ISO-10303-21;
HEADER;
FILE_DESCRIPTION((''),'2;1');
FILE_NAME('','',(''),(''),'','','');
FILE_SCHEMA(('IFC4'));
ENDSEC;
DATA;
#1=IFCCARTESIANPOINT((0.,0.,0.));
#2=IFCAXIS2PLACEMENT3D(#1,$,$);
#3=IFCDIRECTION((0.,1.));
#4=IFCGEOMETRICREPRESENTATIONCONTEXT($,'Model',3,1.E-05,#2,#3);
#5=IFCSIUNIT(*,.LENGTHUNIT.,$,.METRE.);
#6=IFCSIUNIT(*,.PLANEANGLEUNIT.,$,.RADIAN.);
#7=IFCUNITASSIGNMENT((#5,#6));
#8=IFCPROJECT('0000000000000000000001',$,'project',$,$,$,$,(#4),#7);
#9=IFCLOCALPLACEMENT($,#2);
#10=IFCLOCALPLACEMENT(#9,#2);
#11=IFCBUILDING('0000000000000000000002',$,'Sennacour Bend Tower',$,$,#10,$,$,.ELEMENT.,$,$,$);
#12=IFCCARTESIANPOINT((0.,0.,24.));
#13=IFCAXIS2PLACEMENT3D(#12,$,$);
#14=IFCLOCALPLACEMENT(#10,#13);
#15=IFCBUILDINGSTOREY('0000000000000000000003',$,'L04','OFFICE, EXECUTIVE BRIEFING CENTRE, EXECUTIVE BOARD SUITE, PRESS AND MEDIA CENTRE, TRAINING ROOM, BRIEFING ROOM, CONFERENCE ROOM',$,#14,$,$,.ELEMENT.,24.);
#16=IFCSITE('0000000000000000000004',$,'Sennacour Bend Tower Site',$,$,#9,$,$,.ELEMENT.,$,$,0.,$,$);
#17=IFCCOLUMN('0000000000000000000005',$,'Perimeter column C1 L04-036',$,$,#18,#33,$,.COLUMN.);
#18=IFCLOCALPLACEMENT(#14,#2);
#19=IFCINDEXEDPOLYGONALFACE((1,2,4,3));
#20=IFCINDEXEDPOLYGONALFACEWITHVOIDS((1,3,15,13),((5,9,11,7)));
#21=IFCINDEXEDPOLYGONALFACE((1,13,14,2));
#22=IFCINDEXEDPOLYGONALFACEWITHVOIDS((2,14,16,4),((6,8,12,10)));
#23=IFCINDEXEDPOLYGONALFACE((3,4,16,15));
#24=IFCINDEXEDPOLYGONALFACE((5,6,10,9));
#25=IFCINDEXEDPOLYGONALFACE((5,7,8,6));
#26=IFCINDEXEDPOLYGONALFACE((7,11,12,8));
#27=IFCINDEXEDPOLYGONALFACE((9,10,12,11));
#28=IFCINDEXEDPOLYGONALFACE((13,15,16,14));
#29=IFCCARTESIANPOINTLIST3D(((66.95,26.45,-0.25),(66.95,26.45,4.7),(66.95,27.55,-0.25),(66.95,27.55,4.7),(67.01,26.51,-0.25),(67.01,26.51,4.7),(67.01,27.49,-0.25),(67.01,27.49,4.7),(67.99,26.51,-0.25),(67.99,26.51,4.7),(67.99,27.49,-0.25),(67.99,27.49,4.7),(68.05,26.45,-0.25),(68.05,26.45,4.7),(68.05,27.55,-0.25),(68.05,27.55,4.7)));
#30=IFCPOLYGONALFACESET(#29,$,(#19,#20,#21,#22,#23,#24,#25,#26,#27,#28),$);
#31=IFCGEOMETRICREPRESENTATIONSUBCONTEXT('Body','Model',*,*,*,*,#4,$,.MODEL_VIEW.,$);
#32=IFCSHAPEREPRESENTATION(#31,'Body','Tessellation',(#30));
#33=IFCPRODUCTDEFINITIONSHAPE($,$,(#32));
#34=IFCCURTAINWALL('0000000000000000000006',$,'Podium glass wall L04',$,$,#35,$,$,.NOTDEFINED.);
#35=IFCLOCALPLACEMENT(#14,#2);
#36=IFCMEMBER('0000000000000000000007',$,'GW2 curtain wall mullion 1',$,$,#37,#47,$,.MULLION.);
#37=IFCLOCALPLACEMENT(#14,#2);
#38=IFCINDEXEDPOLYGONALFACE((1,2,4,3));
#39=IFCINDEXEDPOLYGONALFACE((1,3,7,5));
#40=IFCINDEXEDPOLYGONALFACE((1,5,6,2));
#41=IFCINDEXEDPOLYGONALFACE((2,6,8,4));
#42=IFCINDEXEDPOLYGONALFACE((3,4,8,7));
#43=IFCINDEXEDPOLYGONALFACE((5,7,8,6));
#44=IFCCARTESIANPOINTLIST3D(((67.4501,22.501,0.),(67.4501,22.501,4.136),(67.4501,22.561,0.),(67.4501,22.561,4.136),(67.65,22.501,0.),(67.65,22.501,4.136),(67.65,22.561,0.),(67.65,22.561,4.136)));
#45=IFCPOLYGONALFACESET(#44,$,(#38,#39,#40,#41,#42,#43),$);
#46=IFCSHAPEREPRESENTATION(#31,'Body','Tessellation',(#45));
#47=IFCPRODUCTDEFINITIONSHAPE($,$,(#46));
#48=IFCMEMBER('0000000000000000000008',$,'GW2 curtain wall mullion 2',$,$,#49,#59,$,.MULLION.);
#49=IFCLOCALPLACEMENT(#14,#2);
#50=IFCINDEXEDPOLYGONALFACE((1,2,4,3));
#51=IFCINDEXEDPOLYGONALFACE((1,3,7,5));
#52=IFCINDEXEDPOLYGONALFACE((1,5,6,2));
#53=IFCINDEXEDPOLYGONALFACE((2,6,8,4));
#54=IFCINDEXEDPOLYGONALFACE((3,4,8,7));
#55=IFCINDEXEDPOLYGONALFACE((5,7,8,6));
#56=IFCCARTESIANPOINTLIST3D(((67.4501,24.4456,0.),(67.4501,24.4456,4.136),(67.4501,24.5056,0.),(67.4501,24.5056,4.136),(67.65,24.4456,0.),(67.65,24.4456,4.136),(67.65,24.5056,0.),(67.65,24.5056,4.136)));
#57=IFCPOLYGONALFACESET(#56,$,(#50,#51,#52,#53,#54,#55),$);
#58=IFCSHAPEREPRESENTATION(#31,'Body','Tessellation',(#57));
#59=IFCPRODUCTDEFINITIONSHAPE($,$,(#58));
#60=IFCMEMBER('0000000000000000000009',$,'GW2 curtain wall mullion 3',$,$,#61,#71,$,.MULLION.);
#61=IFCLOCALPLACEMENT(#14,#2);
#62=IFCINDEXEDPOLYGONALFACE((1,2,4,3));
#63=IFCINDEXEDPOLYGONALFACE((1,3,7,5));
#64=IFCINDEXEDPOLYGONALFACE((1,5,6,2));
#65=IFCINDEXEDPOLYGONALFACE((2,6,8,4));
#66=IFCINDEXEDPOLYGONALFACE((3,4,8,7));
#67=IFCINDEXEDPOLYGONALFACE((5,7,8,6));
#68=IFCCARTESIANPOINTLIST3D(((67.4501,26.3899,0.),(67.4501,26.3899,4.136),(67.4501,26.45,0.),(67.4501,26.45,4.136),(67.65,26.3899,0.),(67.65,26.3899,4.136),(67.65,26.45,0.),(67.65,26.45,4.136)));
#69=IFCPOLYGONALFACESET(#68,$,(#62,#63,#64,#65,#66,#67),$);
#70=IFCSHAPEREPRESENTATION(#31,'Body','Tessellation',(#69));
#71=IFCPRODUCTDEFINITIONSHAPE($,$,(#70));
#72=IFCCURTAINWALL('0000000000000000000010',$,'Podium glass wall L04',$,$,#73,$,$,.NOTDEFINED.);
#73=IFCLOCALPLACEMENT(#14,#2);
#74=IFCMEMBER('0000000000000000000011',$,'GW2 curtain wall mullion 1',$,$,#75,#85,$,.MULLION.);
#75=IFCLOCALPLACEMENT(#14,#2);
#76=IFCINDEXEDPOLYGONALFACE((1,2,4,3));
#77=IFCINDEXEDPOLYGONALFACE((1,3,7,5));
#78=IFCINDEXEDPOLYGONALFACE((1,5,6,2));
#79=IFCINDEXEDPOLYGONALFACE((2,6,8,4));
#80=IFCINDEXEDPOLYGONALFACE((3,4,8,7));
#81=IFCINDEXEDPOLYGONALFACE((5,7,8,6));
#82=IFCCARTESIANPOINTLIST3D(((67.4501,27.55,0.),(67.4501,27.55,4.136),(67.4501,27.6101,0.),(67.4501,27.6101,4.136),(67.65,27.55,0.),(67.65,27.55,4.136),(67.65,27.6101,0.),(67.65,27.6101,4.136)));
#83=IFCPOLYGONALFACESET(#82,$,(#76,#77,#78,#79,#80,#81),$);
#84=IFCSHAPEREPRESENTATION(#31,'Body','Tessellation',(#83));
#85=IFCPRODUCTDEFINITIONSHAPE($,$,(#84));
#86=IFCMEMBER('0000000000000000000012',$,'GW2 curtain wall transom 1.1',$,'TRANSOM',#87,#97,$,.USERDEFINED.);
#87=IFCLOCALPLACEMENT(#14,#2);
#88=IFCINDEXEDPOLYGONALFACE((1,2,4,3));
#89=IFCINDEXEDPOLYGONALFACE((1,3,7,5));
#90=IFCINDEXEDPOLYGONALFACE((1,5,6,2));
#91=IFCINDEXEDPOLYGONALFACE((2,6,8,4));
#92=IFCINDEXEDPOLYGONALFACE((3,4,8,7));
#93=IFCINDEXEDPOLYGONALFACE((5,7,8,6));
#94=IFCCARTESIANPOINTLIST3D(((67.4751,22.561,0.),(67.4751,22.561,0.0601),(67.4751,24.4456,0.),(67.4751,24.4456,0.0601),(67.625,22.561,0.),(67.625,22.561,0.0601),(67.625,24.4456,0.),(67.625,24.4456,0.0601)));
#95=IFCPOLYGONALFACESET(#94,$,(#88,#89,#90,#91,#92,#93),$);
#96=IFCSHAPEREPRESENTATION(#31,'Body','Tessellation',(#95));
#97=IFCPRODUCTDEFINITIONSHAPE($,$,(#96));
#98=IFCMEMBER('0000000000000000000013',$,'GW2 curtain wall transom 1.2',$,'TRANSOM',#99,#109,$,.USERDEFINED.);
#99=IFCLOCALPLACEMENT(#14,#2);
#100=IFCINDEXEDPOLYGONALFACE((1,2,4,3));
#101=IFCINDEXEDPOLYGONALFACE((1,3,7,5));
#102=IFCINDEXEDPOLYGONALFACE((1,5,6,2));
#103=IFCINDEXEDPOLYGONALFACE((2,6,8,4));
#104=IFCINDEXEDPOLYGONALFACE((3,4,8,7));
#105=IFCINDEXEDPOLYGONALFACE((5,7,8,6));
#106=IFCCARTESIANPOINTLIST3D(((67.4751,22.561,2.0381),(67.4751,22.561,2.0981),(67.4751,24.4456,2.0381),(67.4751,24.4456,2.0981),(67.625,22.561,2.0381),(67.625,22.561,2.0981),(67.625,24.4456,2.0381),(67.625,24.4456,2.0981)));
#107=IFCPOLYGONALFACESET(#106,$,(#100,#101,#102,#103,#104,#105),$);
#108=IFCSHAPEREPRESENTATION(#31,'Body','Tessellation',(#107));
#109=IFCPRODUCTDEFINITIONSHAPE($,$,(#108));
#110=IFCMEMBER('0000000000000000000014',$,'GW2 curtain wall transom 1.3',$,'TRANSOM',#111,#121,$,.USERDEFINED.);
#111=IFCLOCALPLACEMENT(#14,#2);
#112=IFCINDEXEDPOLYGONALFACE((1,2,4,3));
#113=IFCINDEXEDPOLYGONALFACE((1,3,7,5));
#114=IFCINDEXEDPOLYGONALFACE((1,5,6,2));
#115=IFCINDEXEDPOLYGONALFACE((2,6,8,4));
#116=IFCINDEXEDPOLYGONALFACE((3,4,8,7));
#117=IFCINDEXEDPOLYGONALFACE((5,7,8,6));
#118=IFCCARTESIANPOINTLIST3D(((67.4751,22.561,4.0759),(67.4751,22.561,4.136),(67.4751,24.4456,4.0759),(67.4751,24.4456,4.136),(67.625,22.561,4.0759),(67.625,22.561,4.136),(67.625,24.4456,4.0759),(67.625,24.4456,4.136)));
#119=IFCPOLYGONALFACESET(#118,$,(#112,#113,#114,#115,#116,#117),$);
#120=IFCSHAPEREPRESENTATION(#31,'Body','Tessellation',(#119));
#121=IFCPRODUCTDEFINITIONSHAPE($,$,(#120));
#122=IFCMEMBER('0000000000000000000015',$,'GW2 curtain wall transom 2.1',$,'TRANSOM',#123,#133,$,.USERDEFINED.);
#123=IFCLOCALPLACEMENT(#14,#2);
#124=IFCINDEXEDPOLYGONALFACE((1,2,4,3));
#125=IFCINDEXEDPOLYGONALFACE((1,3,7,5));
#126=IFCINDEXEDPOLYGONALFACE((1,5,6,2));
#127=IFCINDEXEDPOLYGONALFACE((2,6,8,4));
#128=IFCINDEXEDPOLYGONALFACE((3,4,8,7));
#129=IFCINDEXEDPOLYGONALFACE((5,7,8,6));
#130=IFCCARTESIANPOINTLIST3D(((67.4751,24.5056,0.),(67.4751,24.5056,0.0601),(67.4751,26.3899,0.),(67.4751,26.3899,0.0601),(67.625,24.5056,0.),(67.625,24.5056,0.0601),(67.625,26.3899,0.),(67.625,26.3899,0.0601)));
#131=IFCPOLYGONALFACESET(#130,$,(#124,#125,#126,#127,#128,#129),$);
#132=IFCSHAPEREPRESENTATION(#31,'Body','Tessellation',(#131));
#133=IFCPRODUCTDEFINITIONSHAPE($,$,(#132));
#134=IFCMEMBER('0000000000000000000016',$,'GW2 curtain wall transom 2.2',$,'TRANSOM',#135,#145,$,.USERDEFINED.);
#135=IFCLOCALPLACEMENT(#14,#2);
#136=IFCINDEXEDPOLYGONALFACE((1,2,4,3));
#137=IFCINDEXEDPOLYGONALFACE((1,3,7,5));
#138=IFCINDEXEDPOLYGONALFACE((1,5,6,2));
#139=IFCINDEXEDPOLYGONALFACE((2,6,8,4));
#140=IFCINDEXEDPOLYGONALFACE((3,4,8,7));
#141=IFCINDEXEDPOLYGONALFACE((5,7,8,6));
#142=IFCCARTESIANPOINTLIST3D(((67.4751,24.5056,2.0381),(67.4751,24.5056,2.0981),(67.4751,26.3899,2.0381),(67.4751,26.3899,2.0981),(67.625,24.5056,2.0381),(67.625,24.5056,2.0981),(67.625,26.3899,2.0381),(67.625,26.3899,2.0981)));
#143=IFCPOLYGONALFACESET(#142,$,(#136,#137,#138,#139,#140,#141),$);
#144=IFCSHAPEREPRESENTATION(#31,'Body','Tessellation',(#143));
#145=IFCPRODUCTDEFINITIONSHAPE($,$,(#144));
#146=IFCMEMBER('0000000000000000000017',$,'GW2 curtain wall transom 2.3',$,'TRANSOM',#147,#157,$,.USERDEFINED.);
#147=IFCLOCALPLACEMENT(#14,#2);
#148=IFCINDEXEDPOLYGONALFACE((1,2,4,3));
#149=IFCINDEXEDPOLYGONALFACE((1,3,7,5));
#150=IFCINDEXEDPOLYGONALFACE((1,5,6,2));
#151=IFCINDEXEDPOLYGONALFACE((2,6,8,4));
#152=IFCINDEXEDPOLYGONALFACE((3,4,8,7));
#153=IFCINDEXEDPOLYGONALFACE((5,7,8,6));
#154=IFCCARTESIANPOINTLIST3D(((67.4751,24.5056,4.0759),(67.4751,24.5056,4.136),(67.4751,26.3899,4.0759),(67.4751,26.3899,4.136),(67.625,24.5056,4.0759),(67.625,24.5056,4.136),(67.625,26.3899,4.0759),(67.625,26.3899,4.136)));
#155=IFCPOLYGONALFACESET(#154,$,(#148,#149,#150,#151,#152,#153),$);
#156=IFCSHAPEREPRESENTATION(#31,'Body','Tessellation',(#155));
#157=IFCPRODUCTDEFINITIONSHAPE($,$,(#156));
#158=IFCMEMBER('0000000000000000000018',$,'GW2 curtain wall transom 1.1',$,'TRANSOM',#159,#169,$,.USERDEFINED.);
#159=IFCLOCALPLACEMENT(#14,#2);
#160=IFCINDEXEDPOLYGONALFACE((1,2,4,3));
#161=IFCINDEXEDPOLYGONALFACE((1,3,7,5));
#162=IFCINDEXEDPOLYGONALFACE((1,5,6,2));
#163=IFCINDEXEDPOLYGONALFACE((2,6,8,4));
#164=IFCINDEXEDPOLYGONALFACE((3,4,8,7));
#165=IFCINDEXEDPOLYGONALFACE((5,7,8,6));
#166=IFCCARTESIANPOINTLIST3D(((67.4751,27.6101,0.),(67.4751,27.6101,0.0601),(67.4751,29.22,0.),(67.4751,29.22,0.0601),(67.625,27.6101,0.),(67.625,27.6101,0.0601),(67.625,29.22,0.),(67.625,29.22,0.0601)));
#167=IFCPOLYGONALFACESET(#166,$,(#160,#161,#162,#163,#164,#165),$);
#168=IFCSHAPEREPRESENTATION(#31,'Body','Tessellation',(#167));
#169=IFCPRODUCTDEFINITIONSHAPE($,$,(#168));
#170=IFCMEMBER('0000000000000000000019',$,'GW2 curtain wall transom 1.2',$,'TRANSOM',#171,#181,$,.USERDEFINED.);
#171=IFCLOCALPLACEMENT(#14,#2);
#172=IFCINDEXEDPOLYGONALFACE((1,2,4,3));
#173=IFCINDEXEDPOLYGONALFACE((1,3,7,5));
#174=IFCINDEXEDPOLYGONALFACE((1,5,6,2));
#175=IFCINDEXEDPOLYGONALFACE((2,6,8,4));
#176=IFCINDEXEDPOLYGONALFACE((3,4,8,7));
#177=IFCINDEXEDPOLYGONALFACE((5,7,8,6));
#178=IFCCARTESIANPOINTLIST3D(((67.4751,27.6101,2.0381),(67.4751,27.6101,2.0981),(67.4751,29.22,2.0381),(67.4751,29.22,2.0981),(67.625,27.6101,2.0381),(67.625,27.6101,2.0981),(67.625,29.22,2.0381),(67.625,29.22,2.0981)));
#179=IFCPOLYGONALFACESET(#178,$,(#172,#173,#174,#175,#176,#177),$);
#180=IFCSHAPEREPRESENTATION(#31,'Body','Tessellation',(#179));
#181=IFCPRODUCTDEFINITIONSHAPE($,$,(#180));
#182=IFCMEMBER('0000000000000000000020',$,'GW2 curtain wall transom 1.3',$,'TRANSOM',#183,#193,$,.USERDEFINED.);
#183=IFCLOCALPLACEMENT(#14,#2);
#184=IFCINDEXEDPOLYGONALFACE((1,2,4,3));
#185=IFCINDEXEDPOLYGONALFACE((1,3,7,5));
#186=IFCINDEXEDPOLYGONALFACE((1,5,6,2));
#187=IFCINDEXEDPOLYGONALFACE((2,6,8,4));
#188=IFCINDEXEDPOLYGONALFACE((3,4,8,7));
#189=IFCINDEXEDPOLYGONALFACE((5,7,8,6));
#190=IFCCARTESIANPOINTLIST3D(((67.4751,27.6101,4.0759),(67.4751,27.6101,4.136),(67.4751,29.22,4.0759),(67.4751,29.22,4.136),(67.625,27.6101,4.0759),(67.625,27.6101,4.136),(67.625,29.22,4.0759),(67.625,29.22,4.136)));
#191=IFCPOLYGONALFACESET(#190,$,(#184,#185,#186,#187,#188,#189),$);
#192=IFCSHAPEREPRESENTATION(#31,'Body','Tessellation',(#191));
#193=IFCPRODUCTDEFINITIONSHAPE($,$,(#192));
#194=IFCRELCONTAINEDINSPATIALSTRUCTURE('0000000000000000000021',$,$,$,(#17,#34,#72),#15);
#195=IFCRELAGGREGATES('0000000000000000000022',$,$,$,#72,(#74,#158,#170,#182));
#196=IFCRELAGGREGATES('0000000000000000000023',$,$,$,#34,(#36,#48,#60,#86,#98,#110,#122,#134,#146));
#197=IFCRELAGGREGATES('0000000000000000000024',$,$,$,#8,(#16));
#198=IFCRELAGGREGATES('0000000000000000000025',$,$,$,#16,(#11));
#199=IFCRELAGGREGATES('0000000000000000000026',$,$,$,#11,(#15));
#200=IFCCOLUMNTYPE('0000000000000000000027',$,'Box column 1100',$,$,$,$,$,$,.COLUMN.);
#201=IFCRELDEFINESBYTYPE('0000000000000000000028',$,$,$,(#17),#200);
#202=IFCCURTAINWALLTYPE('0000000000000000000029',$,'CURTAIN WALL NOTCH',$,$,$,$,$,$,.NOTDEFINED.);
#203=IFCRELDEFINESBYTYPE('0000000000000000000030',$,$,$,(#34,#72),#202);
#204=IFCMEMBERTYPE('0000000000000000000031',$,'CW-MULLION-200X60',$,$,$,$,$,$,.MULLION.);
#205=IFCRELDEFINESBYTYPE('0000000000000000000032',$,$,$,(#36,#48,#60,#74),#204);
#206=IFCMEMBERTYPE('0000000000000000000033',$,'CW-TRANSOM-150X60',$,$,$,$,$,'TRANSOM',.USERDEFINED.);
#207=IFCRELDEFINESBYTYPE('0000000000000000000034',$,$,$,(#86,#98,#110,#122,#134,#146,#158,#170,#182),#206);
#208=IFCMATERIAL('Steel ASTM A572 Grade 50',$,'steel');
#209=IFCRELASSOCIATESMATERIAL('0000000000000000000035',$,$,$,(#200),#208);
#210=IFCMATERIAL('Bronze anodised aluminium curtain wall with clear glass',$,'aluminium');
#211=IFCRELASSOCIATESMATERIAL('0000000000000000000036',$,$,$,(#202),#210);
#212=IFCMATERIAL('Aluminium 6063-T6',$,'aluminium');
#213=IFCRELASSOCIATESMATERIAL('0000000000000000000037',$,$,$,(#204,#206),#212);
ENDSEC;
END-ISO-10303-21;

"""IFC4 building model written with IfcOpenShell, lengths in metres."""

from ifc_helpers import new_model, si_unit, direction, frame, origin, origin_2d, place, context, subcontext, project, spatial, rectangle, hollow_rectangle, extrude, material, material_profile, profile_set, type_object, element, aggregate, save


model = new_model("IFC4")

# Units and contexts
model_context = context("Model", 3, precision=1e-05, world=origin(), true_north=direction((0.0, 1.0)))
body_context = subcontext(model_context, "Body", "Model", "MODEL_VIEW")
ifc_project = project(units=[si_unit("LENGTHUNIT", "METRE"), si_unit("PLANEANGLEUNIT", "RADIAN")], contexts=[model_context])

# Site, building, storey
site_placement = place(None, origin())
site = spatial("IfcSite", under=ifc_project, at=site_placement, Name="Sennacour Bend Tower Site", CompositionType="ELEMENT", RefElevation=0.0)
building_placement = place(site_placement, origin())
building = spatial("IfcBuilding", under=site, at=building_placement, Name="Sennacour Bend Tower", CompositionType="ELEMENT")
storey_placement = place(building_placement, frame((0.0, 0.0, 24.0)))
storey = spatial("IfcBuildingStorey", under=building, at=storey_placement, Name="L04", Description="OFFICE, EXECUTIVE BRIEFING CENTRE, EXECUTIVE BOARD SUITE, PRESS AND MEDIA CENTRE, TRAINING ROOM, BRIEFING ROOM, CONFERENCE ROOM", CompositionType="ELEMENT", Elevation=24.0)

# Column
ifc_material_1 = material(Name="Steel ASTM A572 Grade 50", Category="steel")
ifc_material_profile_1 = material_profile(ifc_material_1, hollow_rectangle(XDim=1.1001, YDim=1.1001, WallThickness=0.0601, at=origin_2d()), Name="Steel ASTM A572 Grade 50", Category="steel")
ifc_profile_set_1 = profile_set([ifc_material_profile_1], Name="Steel ASTM A572 Grade 50")
column_type = type_object("IfcColumnType", Name="Box column 1100", PredefinedType="COLUMN", material=ifc_profile_set_1)
column_placement = place(storey_placement, frame((67.5, 27.0, -0.25), z_axis=(0.0, 0.0, 1.0), x_axis=(1.0, 0.0, 0.0)))
element("IfcColumn", 1, at=column_placement, inside=storey, type_object=column_type, Name="Perimeter column C1 L04-036", PredefinedType="COLUMN", context=body_context, shape_type="SweptSolid", body=[
    extrude(hollow_rectangle(XDim=1.1001, YDim=1.1001, WallThickness=0.0601, at=origin_2d()), origin(), (0.0, 0.0, 1.0), 4.95),
])

# Curtain wall, members
ifc_material_2 = material(Name="Bronze anodised aluminium curtain wall with clear glass", Category="aluminium")
curtain_wall_type = type_object("IfcCurtainWallType", Name="CURTAIN WALL NOTCH", PredefinedType="NOTDEFINED", material=ifc_material_2)
curtain_wall_1_placement = place(storey_placement, origin())
curtain_wall_1 = element("IfcCurtainWall", 2, at=curtain_wall_1_placement, inside=storey, type_object=curtain_wall_type, Name="Podium glass wall L04", PredefinedType="NOTDEFINED")
ifc_material_3 = material(Name="Aluminium 6063-T6", Category="aluminium")
ifc_material_profile_2 = material_profile(ifc_material_3, rectangle(XDim=0.2, YDim=0.0601, at=origin_2d()), Name="Aluminium 6063-T6", Category="aluminium")
ifc_profile_set_2 = profile_set([ifc_material_profile_2], Name="Aluminium 6063-T6")
member_type_1 = type_object("IfcMemberType", Name="CW-MULLION-200X60", PredefinedType="MULLION", material=ifc_profile_set_2)
member_1_placement = place(storey_placement, frame((67.55, 22.531, 0.0), z_axis=(0.0, 0.0, 1.0), x_axis=(-1.0, 0.0, 0.0)))
member_1 = element("IfcMember", 3, at=member_1_placement, type_object=member_type_1, Name="GW2 curtain wall mullion 1", PredefinedType="MULLION", context=body_context, shape_type="SweptSolid", body=[
    extrude(rectangle(XDim=0.2, YDim=0.0601, at=origin_2d()), origin(), (0.0, 0.0, 1.0), 4.136),
])
member_2_placement = place(storey_placement, frame((67.55, 24.4756, 0.0), z_axis=(0.0, 0.0, 1.0), x_axis=(-1.0, 0.0, 0.0)))
member_2 = element("IfcMember", 4, at=member_2_placement, type_object=member_type_1, Name="GW2 curtain wall mullion 2", PredefinedType="MULLION", context=body_context, shape_type="SweptSolid", body=[
    extrude(rectangle(XDim=0.2, YDim=0.0601, at=origin_2d()), origin(), (0.0, 0.0, 1.0), 4.136),
])
member_3_placement = place(storey_placement, frame((67.55, 26.4199, 0.0), z_axis=(0.0, 0.0, 1.0), x_axis=(-1.0, 0.0, 0.0)))
member_3 = element("IfcMember", 5, at=member_3_placement, type_object=member_type_1, Name="GW2 curtain wall mullion 3", PredefinedType="MULLION", context=body_context, shape_type="SweptSolid", body=[
    extrude(rectangle(XDim=0.2, YDim=0.0601, at=origin_2d()), origin(), (0.0, 0.0, 1.0), 4.136),
])

# Curtain wall, member
curtain_wall_2_placement = place(storey_placement, origin())
curtain_wall_2 = element("IfcCurtainWall", 6, at=curtain_wall_2_placement, inside=storey, type_object=curtain_wall_type, Name="Podium glass wall L04", PredefinedType="NOTDEFINED")
member_4_placement = place(storey_placement, frame((67.55, 27.5801, 0.0), z_axis=(0.0, 0.0, 1.0), x_axis=(-1.0, 0.0, 0.0)))
member_4 = element("IfcMember", 7, at=member_4_placement, type_object=member_type_1, Name="GW2 curtain wall mullion 1", PredefinedType="MULLION", context=body_context, shape_type="SweptSolid", body=[
    extrude(rectangle(XDim=0.2, YDim=0.0601, at=origin_2d()), origin(), (0.0, 0.0, 1.0), 4.136),
])

# Members
ifc_material_profile_3 = material_profile(ifc_material_3, rectangle(XDim=0.1499, YDim=0.0601, at=origin_2d()), Name="Aluminium 6063-T6", Category="aluminium")
ifc_profile_set_3 = profile_set([ifc_material_profile_3], Name="Aluminium 6063-T6")
member_type_2 = type_object("IfcMemberType", Name="CW-TRANSOM-150X60", ElementType="TRANSOM", PredefinedType="USERDEFINED", material=ifc_profile_set_3)
member_5_placement = place(storey_placement, frame((67.55, 22.561, 0.03), z_axis=(0.0, 1.0, 0.0), x_axis=(-1.0, 0.0, 0.0)))
member_5 = element("IfcMember", 8, at=member_5_placement, type_object=member_type_2, Name="GW2 curtain wall transom 1.1", ObjectType="TRANSOM", PredefinedType="USERDEFINED", context=body_context, shape_type="SweptSolid", body=[
    extrude(rectangle(XDim=0.1499, YDim=0.0601, at=origin_2d()), origin(), (0.0, 0.0, 1.0), 1.8845),
])
member_6_placement = place(storey_placement, frame((67.55, 22.561, 2.0681), z_axis=(0.0, 1.0, 0.0), x_axis=(-1.0, 0.0, 0.0)))
member_6 = element("IfcMember", 9, at=member_6_placement, type_object=member_type_2, Name="GW2 curtain wall transom 1.2", ObjectType="TRANSOM", PredefinedType="USERDEFINED", context=body_context, shape_type="SweptSolid", body=[
    extrude(rectangle(XDim=0.1499, YDim=0.0601, at=origin_2d()), origin(), (0.0, 0.0, 1.0), 1.8845),
])
member_7_placement = place(storey_placement, frame((67.55, 22.561, 4.106), z_axis=(0.0, 1.0, 0.0), x_axis=(-1.0, 0.0, 0.0)))
member_7 = element("IfcMember", 10, at=member_7_placement, type_object=member_type_2, Name="GW2 curtain wall transom 1.3", ObjectType="TRANSOM", PredefinedType="USERDEFINED", context=body_context, shape_type="SweptSolid", body=[
    extrude(rectangle(XDim=0.1499, YDim=0.0601, at=origin_2d()), origin(), (0.0, 0.0, 1.0), 1.8845),
])
member_8_placement = place(storey_placement, frame((67.55, 24.5056, 0.03), z_axis=(0.0, 1.0, 0.0), x_axis=(-1.0, 0.0, 0.0)))
member_8 = element("IfcMember", 11, at=member_8_placement, type_object=member_type_2, Name="GW2 curtain wall transom 2.1", ObjectType="TRANSOM", PredefinedType="USERDEFINED", context=body_context, shape_type="SweptSolid", body=[
    extrude(rectangle(XDim=0.1499, YDim=0.0601, at=origin_2d()), origin(), (0.0, 0.0, 1.0), 1.8843),
])
member_9_placement = place(storey_placement, frame((67.55, 24.5056, 2.0681), z_axis=(0.0, 1.0, 0.0), x_axis=(-1.0, 0.0, 0.0)))
member_9 = element("IfcMember", 12, at=member_9_placement, type_object=member_type_2, Name="GW2 curtain wall transom 2.2", ObjectType="TRANSOM", PredefinedType="USERDEFINED", context=body_context, shape_type="SweptSolid", body=[
    extrude(rectangle(XDim=0.1499, YDim=0.0601, at=origin_2d()), origin(), (0.0, 0.0, 1.0), 1.8843),
])
member_10_placement = place(storey_placement, frame((67.55, 24.5056, 4.106), z_axis=(0.0, 1.0, 0.0), x_axis=(-1.0, 0.0, 0.0)))
member_10 = element("IfcMember", 13, at=member_10_placement, type_object=member_type_2, Name="GW2 curtain wall transom 2.3", ObjectType="TRANSOM", PredefinedType="USERDEFINED", context=body_context, shape_type="SweptSolid", body=[
    extrude(rectangle(XDim=0.1499, YDim=0.0601, at=origin_2d()), origin(), (0.0, 0.0, 1.0), 1.8843),
])
member_11_placement = place(storey_placement, frame((67.55, 27.6101, 0.03), z_axis=(0.0, 1.0, 0.0), x_axis=(-1.0, 0.0, 0.0)))
member_11 = element("IfcMember", 14, at=member_11_placement, type_object=member_type_2, Name="GW2 curtain wall transom 1.1", ObjectType="TRANSOM", PredefinedType="USERDEFINED", context=body_context, shape_type="SweptSolid", body=[
    extrude(rectangle(XDim=0.1499, YDim=0.0601, at=origin_2d()), origin(), (0.0, 0.0, 1.0), 1.6099),
])
member_12_placement = place(storey_placement, frame((67.55, 27.6101, 2.0681), z_axis=(0.0, 1.0, 0.0), x_axis=(-1.0, 0.0, 0.0)))
member_12 = element("IfcMember", 15, at=member_12_placement, type_object=member_type_2, Name="GW2 curtain wall transom 1.2", ObjectType="TRANSOM", PredefinedType="USERDEFINED", context=body_context, shape_type="SweptSolid", body=[
    extrude(rectangle(XDim=0.1499, YDim=0.0601, at=origin_2d()), origin(), (0.0, 0.0, 1.0), 1.6099),
])
member_13_placement = place(storey_placement, frame((67.55, 27.6101, 4.106), z_axis=(0.0, 1.0, 0.0), x_axis=(-1.0, 0.0, 0.0)))
member_13 = element("IfcMember", 16, at=member_13_placement, type_object=member_type_2, Name="GW2 curtain wall transom 1.3", ObjectType="TRANSOM", PredefinedType="USERDEFINED", context=body_context, shape_type="SweptSolid", body=[
    extrude(rectangle(XDim=0.1499, YDim=0.0601, at=origin_2d()), origin(), (0.0, 0.0, 1.0), 1.6099),
])
aggregate(curtain_wall_2, [member_4, member_11, member_12, member_13])

aggregate(curtain_wall_1, [member_1, member_2, member_3, member_5, member_6, member_7, member_8, member_9, member_10])

save(model, "model.ifc")
